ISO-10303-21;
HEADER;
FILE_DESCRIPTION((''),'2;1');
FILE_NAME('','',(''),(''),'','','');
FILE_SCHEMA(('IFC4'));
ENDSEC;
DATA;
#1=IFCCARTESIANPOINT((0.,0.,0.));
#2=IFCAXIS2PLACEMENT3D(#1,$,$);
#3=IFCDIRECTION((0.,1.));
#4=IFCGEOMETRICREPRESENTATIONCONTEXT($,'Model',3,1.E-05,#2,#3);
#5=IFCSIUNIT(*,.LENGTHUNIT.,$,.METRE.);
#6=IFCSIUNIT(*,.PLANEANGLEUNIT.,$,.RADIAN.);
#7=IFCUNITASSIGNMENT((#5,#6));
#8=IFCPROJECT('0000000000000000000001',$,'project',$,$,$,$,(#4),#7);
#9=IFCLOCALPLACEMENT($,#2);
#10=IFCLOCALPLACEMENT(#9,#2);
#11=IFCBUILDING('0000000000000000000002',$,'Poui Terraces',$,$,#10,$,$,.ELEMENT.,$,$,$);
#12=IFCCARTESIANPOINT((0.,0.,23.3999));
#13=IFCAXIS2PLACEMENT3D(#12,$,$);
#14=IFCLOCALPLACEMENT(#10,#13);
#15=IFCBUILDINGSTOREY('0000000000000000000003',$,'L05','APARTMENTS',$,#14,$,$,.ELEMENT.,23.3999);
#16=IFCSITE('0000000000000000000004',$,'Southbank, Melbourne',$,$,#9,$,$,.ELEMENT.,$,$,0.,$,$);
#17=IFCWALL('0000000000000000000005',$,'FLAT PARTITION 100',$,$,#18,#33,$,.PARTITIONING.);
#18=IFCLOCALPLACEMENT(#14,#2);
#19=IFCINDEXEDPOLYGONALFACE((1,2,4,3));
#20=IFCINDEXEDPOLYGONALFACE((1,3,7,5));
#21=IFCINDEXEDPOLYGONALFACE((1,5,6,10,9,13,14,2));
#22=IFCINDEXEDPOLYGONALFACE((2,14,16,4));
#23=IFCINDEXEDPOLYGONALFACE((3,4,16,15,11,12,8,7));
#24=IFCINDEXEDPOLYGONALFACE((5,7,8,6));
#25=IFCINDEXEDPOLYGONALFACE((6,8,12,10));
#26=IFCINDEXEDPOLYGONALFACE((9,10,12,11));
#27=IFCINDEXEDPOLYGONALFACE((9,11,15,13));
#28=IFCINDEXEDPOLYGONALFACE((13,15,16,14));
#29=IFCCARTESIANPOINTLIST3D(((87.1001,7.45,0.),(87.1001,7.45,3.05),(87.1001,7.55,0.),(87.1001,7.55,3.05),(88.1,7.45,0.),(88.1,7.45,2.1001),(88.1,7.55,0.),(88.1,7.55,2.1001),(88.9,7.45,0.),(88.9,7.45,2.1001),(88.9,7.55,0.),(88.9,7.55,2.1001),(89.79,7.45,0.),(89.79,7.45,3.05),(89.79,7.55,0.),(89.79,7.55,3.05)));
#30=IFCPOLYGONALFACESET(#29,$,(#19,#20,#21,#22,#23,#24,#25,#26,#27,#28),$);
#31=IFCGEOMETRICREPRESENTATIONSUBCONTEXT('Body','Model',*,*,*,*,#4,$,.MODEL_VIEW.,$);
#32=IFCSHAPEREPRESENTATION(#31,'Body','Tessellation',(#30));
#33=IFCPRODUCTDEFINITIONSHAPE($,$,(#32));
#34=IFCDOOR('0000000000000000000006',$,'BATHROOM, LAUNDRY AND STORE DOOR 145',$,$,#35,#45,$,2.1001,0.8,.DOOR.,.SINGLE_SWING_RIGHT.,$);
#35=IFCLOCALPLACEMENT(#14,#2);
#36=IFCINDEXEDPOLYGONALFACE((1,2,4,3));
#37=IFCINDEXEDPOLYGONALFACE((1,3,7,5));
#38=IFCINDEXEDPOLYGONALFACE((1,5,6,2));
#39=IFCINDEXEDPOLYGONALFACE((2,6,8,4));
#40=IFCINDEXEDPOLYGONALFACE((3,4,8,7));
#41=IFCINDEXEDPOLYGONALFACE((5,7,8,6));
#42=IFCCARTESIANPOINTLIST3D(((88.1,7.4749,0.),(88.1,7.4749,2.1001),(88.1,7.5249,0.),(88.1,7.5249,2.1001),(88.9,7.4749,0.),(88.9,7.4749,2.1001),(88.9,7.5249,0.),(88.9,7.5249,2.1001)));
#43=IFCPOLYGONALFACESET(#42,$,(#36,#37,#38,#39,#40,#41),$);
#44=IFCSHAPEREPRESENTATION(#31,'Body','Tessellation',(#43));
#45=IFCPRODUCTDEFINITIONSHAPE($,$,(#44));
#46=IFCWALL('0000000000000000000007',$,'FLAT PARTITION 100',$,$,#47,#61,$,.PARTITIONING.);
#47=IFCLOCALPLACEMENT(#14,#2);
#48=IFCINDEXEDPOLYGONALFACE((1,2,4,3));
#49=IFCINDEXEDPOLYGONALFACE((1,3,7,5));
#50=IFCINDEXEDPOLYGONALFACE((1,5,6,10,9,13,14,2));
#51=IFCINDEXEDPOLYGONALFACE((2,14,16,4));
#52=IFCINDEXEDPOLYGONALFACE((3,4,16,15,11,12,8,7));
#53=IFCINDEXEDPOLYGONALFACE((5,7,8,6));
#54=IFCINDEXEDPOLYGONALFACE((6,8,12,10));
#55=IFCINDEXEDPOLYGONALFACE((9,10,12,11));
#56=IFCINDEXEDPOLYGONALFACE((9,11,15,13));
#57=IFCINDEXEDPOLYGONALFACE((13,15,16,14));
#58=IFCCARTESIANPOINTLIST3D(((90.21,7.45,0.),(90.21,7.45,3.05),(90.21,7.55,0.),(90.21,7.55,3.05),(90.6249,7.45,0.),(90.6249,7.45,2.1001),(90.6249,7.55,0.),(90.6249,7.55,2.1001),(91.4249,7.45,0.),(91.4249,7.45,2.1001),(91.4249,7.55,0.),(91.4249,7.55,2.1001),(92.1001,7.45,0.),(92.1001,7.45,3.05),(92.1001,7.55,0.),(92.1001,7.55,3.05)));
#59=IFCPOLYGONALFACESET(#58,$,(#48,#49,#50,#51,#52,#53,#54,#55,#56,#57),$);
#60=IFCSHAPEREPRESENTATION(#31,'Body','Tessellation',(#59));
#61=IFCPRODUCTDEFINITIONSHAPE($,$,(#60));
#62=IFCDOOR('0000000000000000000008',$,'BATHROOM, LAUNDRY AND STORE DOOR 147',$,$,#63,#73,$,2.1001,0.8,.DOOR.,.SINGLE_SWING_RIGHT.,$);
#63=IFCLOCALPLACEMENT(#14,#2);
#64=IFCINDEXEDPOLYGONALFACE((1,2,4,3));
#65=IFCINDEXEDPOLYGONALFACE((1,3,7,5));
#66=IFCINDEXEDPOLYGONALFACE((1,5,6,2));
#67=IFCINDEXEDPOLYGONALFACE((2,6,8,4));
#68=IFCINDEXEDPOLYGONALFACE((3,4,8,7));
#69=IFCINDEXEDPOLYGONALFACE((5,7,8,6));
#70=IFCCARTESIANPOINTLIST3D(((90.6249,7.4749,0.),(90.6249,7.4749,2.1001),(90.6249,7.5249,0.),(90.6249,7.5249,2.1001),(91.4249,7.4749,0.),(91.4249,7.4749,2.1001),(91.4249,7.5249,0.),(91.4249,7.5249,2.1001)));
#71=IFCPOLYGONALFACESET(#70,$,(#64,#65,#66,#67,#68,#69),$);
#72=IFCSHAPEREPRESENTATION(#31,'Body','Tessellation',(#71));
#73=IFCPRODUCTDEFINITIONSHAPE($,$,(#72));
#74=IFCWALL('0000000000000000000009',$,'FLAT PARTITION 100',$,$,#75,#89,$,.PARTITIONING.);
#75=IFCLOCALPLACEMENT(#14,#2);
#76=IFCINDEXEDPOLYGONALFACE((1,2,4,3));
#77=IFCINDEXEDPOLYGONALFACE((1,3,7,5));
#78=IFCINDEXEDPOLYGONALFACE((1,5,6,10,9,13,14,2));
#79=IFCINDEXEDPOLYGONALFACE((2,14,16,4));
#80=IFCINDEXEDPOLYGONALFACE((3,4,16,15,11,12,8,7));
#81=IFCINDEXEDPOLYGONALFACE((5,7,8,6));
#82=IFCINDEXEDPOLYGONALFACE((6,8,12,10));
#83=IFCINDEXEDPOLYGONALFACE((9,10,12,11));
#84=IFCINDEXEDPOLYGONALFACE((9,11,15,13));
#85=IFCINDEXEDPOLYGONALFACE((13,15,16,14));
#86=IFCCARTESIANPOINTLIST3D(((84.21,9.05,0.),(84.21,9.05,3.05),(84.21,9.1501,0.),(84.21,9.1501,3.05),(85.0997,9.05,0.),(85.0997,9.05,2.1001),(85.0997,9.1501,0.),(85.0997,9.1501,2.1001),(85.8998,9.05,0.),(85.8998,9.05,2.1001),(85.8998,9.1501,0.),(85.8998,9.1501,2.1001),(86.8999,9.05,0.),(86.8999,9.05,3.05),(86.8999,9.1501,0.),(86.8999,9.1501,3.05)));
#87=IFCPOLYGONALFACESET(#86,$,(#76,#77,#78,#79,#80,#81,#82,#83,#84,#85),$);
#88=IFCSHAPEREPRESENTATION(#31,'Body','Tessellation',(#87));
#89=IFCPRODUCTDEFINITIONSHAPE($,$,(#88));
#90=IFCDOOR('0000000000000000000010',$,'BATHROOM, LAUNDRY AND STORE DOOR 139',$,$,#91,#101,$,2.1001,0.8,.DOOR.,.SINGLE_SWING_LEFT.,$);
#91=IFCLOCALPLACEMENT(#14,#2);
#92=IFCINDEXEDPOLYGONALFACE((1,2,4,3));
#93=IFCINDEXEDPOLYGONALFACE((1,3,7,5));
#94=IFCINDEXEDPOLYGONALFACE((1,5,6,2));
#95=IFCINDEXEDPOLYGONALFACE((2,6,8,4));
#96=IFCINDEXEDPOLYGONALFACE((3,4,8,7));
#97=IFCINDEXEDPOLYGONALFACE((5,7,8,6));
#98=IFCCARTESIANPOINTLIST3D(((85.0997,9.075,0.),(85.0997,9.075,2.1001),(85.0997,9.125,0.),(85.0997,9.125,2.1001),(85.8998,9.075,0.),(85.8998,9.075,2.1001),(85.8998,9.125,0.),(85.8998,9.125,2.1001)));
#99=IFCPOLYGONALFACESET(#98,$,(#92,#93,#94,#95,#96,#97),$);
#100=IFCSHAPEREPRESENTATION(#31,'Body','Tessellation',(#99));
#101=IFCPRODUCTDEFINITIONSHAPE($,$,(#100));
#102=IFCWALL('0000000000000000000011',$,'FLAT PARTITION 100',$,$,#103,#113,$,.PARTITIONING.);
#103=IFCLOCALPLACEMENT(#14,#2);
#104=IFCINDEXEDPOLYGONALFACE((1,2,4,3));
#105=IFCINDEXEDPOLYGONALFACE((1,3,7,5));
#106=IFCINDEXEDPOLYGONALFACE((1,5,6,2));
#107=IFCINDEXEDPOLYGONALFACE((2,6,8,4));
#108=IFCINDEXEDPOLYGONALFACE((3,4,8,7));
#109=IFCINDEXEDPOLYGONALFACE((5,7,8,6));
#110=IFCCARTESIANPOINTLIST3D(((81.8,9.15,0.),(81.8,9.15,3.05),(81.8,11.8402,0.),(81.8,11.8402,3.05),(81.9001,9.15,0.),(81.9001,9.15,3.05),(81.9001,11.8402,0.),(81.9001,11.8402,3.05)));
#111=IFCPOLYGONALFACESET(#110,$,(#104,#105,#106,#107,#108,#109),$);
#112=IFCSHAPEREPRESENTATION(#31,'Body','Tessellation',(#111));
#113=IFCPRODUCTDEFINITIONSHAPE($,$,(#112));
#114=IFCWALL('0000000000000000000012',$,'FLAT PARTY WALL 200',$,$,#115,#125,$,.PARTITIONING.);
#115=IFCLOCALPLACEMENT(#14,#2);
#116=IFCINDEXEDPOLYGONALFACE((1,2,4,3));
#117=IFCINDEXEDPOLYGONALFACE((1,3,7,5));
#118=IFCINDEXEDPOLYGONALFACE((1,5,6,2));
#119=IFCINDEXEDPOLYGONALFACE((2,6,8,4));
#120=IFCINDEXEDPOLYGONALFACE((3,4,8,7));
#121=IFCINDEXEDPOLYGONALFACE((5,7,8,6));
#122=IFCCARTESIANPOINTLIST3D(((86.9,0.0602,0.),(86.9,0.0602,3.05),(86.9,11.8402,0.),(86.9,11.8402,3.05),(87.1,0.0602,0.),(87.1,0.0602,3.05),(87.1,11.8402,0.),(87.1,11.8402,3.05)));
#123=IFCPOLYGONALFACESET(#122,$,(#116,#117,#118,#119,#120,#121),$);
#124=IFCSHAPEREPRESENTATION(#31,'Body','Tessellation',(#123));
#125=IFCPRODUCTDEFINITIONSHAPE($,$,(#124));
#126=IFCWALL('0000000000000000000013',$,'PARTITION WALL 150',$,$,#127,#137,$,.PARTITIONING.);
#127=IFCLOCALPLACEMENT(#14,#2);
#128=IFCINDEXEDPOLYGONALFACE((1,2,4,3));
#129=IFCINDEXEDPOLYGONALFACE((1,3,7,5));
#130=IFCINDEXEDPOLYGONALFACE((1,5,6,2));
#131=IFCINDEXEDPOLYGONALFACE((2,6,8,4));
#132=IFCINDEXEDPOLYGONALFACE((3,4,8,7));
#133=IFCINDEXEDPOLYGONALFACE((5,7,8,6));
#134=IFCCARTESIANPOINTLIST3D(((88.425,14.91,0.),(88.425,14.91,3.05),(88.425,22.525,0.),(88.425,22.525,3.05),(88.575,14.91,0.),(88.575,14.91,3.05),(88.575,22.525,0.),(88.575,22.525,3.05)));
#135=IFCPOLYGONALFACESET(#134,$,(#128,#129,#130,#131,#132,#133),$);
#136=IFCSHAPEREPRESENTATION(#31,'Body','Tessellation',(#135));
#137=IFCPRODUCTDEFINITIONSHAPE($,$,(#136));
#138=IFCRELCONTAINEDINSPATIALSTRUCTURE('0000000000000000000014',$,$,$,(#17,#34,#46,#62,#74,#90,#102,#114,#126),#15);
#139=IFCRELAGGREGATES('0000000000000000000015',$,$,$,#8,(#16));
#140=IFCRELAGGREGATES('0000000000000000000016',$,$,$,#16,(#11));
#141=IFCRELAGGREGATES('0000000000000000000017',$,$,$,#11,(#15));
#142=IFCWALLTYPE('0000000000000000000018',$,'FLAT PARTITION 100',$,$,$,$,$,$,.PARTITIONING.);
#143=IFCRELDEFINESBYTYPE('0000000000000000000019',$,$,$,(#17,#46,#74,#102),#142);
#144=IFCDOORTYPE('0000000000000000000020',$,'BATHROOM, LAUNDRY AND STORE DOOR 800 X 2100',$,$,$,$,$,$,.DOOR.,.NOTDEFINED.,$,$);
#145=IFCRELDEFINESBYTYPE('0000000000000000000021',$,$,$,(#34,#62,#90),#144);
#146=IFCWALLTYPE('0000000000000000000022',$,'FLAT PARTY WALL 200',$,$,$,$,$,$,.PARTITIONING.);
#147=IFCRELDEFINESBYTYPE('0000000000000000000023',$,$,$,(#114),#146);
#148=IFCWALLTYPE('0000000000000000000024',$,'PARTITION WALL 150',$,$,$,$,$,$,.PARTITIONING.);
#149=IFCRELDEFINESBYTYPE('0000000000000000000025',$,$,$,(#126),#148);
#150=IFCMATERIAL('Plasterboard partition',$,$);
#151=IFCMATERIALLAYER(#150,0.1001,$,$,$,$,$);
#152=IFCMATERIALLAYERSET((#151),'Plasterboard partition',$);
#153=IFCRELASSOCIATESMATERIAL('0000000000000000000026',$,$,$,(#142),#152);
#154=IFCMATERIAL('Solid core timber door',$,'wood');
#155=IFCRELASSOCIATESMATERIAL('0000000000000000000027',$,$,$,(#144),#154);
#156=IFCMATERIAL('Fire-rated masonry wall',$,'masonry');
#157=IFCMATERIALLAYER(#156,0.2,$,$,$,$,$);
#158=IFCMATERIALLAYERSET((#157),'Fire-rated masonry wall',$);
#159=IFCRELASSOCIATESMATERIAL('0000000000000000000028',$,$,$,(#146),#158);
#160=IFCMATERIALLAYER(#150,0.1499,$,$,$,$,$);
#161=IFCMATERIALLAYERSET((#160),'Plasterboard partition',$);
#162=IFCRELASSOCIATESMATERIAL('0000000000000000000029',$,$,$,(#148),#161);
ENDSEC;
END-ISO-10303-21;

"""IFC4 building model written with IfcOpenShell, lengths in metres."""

from ifc_helpers import new_model, si_unit, direction, frame, frame_2d, origin, place, context, subcontext, project, spatial, rectangle, extrude, material, layer, layer_set, type_object, element, fill, save


model = new_model("IFC4")

# Units and contexts
model_context = context("Model", 3, precision=1e-05, world=origin(), true_north=direction((0.0, 1.0)))
body_context = subcontext(model_context, "Body", "Model", "MODEL_VIEW")
ifc_project = project(units=[si_unit("LENGTHUNIT", "METRE"), si_unit("PLANEANGLEUNIT", "RADIAN")], contexts=[model_context])

# Site, building, storey
site_placement = place(None, origin())
site = spatial("IfcSite", under=ifc_project, at=site_placement, Name="Southbank, Melbourne", CompositionType="ELEMENT", RefElevation=0.0)
building_placement = place(site_placement, origin())
building = spatial("IfcBuilding", under=site, at=building_placement, Name="Poui Terraces", CompositionType="ELEMENT")
storey_placement = place(building_placement, frame((0.0, 0.0, 23.3999)))
storey = spatial("IfcBuildingStorey", under=building, at=storey_placement, Name="L05", Description="APARTMENTS", CompositionType="ELEMENT", Elevation=23.3999)

# Walls, openings, doors
ifc_material_1 = material(Name="Solid core timber door", Category="wood")
ifc_material_2 = material(Name="Plasterboard partition")
ifc_layer_1 = layer(ifc_material_2, 0.1001)
ifc_layer_set_1 = layer_set([ifc_layer_1], Name="Plasterboard partition")
wall_type_1 = type_object("IfcWallType", Name="FLAT PARTITION 100", PredefinedType="PARTITIONING", material=ifc_layer_set_1)
wall_1_placement = place(storey_placement, frame((87.1001, 7.5, 0.0), z_axis=(0.0, 0.0, 1.0), x_axis=(1.0, 0.0, 0.0)))
wall_1 = element("IfcWall", 1, at=wall_1_placement, inside=storey, type_object=wall_type_1, Name="FLAT PARTITION 100", PredefinedType="PARTITIONING", context=body_context, shape_type="SweptSolid", body=[
    extrude(rectangle(XDim=2.6899, YDim=0.1001, at=frame_2d((1.345, 0.0))), origin(), (0.0, 0.0, 1.0), 3.05),
])
opening_1_placement = place(wall_1_placement, frame((1.0, 0.0, 0.0)))
opening_1 = element("IfcOpeningElement", 2, at=opening_1_placement, cuts=wall_1, PredefinedType="OPENING", context=body_context, shape_type="SweptSolid", body=[
    extrude(rectangle(XDim=0.8, YDim=2.1001, at=frame_2d((0.3999, 1.05))), frame((0.0, 0.0601, 0.0), z_axis=(0.0, -1.0, 0.0), x_axis=(1.0, 0.0, 0.0)), (0.0, 0.0, 1.0), 0.1201),
])
door_type_1 = type_object("IfcDoorType", Name="BATHROOM, LAUNDRY AND STORE DOOR 800 X 2100", OperationType="NOTDEFINED", PredefinedType="DOOR", material=ifc_material_1)
door_1_placement = place(opening_1_placement, origin())
door_1 = element("IfcDoor", 3, at=door_1_placement, inside=storey, type_object=door_type_1, Name="BATHROOM, LAUNDRY AND STORE DOOR 145", OperationType="SINGLE_SWING_RIGHT", OverallHeight=2.1001, OverallWidth=0.8, PredefinedType="DOOR", context=body_context, shape_type="SweptSolid", body=[
    extrude(rectangle(XDim=0.8, YDim=2.1001, at=frame_2d((0.3999, 1.05))), frame((0.0, 0.0249, 0.0), z_axis=(0.0, -1.0, 0.0), x_axis=(1.0, 0.0, 0.0)), (0.0, 0.0, 1.0), 0.05),
])
fill(opening_1, door_1)
wall_2_placement = place(storey_placement, frame((90.21, 7.5, 0.0), z_axis=(0.0, 0.0, 1.0), x_axis=(1.0, 0.0, 0.0)))
wall_2 = element("IfcWall", 4, at=wall_2_placement, inside=storey, type_object=wall_type_1, Name="FLAT PARTITION 100", PredefinedType="PARTITIONING", context=body_context, shape_type="SweptSolid", body=[
    extrude(rectangle(XDim=1.8901, YDim=0.1001, at=frame_2d((0.9451, 0.0))), origin(), (0.0, 0.0, 1.0), 3.05),
])
opening_2_placement = place(wall_2_placement, frame((0.415, 0.0, 0.0)))
opening_2 = element("IfcOpeningElement", 5, at=opening_2_placement, cuts=wall_2, PredefinedType="OPENING", context=body_context, shape_type="SweptSolid", body=[
    extrude(rectangle(XDim=0.8, YDim=2.1001, at=frame_2d((0.3999, 1.05))), frame((0.0, 0.0601, 0.0), z_axis=(0.0, -1.0, 0.0), x_axis=(1.0, 0.0, 0.0)), (0.0, 0.0, 1.0), 0.1201),
])
door_2_placement = place(opening_2_placement, origin())
door_2 = element("IfcDoor", 6, at=door_2_placement, inside=storey, type_object=door_type_1, Name="BATHROOM, LAUNDRY AND STORE DOOR 147", OperationType="SINGLE_SWING_RIGHT", OverallHeight=2.1001, OverallWidth=0.8, PredefinedType="DOOR", context=body_context, shape_type="SweptSolid", body=[
    extrude(rectangle(XDim=0.8, YDim=2.1001, at=frame_2d((0.3999, 1.05))), frame((0.0, 0.0249, 0.0), z_axis=(0.0, -1.0, 0.0), x_axis=(1.0, 0.0, 0.0)), (0.0, 0.0, 1.0), 0.05),
])
fill(opening_2, door_2)
wall_3_placement = place(storey_placement, frame((84.21, 9.1001, 0.0), z_axis=(0.0, 0.0, 1.0), x_axis=(1.0, 0.0, 0.0)))
wall_3 = element("IfcWall", 7, at=wall_3_placement, inside=storey, type_object=wall_type_1, Name="FLAT PARTITION 100", PredefinedType="PARTITIONING", context=body_context, shape_type="SweptSolid", body=[
    extrude(rectangle(XDim=2.6899, YDim=0.1001, at=frame_2d((1.345, 0.0))), origin(), (0.0, 0.0, 1.0), 3.05),
])
opening_3_placement = place(wall_3_placement, frame((0.8899, 0.0, 0.0)))
opening_3 = element("IfcOpeningElement", 8, at=opening_3_placement, cuts=wall_3, PredefinedType="OPENING", context=body_context, shape_type="SweptSolid", body=[
    extrude(rectangle(XDim=0.8, YDim=2.1001, at=frame_2d((0.3999, 1.05))), frame((0.0, 0.0601, 0.0), z_axis=(0.0, -1.0, 0.0), x_axis=(1.0, 0.0, 0.0)), (0.0, 0.0, 1.0), 0.1201),
])
door_3_placement = place(opening_3_placement, origin())
door_3 = element("IfcDoor", 9, at=door_3_placement, inside=storey, type_object=door_type_1, Name="BATHROOM, LAUNDRY AND STORE DOOR 139", OperationType="SINGLE_SWING_LEFT", OverallHeight=2.1001, OverallWidth=0.8, PredefinedType="DOOR", context=body_context, shape_type="SweptSolid", body=[
    extrude(rectangle(XDim=0.8, YDim=2.1001, at=frame_2d((0.3999, 1.05))), frame((0.0, 0.0249, 0.0), z_axis=(0.0, -1.0, 0.0), x_axis=(1.0, 0.0, 0.0)), (0.0, 0.0, 1.0), 0.05),
])
fill(opening_3, door_3)

# Walls
wall_4_placement = place(storey_placement, frame((81.8501, 9.1499, 0.0), z_axis=(0.0, 0.0, 1.0), x_axis=(0.0, 1.0, 0.0)))
element("IfcWall", 10, at=wall_4_placement, inside=storey, type_object=wall_type_1, Name="FLAT PARTITION 100", PredefinedType="PARTITIONING", context=body_context, shape_type="SweptSolid", body=[
    extrude(rectangle(XDim=2.6902, YDim=0.1001, at=frame_2d((1.3452, 0.0))), origin(), (0.0, 0.0, 1.0), 3.05),
])
ifc_material_3 = material(Name="Fire-rated masonry wall", Category="masonry")
ifc_layer_2 = layer(ifc_material_3, 0.2)
ifc_layer_set_2 = layer_set([ifc_layer_2], Name="Fire-rated masonry wall")
wall_type_2 = type_object("IfcWallType", Name="FLAT PARTY WALL 200", PredefinedType="PARTITIONING", material=ifc_layer_set_2)
wall_5_placement = place(storey_placement, frame((87.0, 0.0601, 0.0), z_axis=(0.0, 0.0, 1.0), x_axis=(0.0, 1.0, 0.0)))
element("IfcWall", 11, at=wall_5_placement, inside=storey, type_object=wall_type_2, Name="FLAT PARTY WALL 200", PredefinedType="PARTITIONING", context=body_context, shape_type="SweptSolid", body=[
    extrude(rectangle(XDim=11.78, YDim=0.2, at=frame_2d((5.8901, 0.0))), origin(), (0.0, 0.0, 1.0), 3.05),
])
ifc_layer_3 = layer(ifc_material_2, 0.1499)
ifc_layer_set_3 = layer_set([ifc_layer_3], Name="Plasterboard partition")
wall_type_3 = type_object("IfcWallType", Name="PARTITION WALL 150", PredefinedType="PARTITIONING", material=ifc_layer_set_3)
wall_6_placement = place(storey_placement, frame((88.5, 14.9099, 0.0), z_axis=(0.0, 0.0, 1.0), x_axis=(0.0, 1.0, 0.0)))
element("IfcWall", 12, at=wall_6_placement, inside=storey, type_object=wall_type_3, Name="PARTITION WALL 150", PredefinedType="PARTITIONING", context=body_context, shape_type="SweptSolid", body=[
    extrude(rectangle(XDim=7.615, YDim=0.1499, at=frame_2d((3.8076, 0.0))), origin(), (0.0, 0.0, 1.0), 3.05),
])

save(model, "model.ifc")
